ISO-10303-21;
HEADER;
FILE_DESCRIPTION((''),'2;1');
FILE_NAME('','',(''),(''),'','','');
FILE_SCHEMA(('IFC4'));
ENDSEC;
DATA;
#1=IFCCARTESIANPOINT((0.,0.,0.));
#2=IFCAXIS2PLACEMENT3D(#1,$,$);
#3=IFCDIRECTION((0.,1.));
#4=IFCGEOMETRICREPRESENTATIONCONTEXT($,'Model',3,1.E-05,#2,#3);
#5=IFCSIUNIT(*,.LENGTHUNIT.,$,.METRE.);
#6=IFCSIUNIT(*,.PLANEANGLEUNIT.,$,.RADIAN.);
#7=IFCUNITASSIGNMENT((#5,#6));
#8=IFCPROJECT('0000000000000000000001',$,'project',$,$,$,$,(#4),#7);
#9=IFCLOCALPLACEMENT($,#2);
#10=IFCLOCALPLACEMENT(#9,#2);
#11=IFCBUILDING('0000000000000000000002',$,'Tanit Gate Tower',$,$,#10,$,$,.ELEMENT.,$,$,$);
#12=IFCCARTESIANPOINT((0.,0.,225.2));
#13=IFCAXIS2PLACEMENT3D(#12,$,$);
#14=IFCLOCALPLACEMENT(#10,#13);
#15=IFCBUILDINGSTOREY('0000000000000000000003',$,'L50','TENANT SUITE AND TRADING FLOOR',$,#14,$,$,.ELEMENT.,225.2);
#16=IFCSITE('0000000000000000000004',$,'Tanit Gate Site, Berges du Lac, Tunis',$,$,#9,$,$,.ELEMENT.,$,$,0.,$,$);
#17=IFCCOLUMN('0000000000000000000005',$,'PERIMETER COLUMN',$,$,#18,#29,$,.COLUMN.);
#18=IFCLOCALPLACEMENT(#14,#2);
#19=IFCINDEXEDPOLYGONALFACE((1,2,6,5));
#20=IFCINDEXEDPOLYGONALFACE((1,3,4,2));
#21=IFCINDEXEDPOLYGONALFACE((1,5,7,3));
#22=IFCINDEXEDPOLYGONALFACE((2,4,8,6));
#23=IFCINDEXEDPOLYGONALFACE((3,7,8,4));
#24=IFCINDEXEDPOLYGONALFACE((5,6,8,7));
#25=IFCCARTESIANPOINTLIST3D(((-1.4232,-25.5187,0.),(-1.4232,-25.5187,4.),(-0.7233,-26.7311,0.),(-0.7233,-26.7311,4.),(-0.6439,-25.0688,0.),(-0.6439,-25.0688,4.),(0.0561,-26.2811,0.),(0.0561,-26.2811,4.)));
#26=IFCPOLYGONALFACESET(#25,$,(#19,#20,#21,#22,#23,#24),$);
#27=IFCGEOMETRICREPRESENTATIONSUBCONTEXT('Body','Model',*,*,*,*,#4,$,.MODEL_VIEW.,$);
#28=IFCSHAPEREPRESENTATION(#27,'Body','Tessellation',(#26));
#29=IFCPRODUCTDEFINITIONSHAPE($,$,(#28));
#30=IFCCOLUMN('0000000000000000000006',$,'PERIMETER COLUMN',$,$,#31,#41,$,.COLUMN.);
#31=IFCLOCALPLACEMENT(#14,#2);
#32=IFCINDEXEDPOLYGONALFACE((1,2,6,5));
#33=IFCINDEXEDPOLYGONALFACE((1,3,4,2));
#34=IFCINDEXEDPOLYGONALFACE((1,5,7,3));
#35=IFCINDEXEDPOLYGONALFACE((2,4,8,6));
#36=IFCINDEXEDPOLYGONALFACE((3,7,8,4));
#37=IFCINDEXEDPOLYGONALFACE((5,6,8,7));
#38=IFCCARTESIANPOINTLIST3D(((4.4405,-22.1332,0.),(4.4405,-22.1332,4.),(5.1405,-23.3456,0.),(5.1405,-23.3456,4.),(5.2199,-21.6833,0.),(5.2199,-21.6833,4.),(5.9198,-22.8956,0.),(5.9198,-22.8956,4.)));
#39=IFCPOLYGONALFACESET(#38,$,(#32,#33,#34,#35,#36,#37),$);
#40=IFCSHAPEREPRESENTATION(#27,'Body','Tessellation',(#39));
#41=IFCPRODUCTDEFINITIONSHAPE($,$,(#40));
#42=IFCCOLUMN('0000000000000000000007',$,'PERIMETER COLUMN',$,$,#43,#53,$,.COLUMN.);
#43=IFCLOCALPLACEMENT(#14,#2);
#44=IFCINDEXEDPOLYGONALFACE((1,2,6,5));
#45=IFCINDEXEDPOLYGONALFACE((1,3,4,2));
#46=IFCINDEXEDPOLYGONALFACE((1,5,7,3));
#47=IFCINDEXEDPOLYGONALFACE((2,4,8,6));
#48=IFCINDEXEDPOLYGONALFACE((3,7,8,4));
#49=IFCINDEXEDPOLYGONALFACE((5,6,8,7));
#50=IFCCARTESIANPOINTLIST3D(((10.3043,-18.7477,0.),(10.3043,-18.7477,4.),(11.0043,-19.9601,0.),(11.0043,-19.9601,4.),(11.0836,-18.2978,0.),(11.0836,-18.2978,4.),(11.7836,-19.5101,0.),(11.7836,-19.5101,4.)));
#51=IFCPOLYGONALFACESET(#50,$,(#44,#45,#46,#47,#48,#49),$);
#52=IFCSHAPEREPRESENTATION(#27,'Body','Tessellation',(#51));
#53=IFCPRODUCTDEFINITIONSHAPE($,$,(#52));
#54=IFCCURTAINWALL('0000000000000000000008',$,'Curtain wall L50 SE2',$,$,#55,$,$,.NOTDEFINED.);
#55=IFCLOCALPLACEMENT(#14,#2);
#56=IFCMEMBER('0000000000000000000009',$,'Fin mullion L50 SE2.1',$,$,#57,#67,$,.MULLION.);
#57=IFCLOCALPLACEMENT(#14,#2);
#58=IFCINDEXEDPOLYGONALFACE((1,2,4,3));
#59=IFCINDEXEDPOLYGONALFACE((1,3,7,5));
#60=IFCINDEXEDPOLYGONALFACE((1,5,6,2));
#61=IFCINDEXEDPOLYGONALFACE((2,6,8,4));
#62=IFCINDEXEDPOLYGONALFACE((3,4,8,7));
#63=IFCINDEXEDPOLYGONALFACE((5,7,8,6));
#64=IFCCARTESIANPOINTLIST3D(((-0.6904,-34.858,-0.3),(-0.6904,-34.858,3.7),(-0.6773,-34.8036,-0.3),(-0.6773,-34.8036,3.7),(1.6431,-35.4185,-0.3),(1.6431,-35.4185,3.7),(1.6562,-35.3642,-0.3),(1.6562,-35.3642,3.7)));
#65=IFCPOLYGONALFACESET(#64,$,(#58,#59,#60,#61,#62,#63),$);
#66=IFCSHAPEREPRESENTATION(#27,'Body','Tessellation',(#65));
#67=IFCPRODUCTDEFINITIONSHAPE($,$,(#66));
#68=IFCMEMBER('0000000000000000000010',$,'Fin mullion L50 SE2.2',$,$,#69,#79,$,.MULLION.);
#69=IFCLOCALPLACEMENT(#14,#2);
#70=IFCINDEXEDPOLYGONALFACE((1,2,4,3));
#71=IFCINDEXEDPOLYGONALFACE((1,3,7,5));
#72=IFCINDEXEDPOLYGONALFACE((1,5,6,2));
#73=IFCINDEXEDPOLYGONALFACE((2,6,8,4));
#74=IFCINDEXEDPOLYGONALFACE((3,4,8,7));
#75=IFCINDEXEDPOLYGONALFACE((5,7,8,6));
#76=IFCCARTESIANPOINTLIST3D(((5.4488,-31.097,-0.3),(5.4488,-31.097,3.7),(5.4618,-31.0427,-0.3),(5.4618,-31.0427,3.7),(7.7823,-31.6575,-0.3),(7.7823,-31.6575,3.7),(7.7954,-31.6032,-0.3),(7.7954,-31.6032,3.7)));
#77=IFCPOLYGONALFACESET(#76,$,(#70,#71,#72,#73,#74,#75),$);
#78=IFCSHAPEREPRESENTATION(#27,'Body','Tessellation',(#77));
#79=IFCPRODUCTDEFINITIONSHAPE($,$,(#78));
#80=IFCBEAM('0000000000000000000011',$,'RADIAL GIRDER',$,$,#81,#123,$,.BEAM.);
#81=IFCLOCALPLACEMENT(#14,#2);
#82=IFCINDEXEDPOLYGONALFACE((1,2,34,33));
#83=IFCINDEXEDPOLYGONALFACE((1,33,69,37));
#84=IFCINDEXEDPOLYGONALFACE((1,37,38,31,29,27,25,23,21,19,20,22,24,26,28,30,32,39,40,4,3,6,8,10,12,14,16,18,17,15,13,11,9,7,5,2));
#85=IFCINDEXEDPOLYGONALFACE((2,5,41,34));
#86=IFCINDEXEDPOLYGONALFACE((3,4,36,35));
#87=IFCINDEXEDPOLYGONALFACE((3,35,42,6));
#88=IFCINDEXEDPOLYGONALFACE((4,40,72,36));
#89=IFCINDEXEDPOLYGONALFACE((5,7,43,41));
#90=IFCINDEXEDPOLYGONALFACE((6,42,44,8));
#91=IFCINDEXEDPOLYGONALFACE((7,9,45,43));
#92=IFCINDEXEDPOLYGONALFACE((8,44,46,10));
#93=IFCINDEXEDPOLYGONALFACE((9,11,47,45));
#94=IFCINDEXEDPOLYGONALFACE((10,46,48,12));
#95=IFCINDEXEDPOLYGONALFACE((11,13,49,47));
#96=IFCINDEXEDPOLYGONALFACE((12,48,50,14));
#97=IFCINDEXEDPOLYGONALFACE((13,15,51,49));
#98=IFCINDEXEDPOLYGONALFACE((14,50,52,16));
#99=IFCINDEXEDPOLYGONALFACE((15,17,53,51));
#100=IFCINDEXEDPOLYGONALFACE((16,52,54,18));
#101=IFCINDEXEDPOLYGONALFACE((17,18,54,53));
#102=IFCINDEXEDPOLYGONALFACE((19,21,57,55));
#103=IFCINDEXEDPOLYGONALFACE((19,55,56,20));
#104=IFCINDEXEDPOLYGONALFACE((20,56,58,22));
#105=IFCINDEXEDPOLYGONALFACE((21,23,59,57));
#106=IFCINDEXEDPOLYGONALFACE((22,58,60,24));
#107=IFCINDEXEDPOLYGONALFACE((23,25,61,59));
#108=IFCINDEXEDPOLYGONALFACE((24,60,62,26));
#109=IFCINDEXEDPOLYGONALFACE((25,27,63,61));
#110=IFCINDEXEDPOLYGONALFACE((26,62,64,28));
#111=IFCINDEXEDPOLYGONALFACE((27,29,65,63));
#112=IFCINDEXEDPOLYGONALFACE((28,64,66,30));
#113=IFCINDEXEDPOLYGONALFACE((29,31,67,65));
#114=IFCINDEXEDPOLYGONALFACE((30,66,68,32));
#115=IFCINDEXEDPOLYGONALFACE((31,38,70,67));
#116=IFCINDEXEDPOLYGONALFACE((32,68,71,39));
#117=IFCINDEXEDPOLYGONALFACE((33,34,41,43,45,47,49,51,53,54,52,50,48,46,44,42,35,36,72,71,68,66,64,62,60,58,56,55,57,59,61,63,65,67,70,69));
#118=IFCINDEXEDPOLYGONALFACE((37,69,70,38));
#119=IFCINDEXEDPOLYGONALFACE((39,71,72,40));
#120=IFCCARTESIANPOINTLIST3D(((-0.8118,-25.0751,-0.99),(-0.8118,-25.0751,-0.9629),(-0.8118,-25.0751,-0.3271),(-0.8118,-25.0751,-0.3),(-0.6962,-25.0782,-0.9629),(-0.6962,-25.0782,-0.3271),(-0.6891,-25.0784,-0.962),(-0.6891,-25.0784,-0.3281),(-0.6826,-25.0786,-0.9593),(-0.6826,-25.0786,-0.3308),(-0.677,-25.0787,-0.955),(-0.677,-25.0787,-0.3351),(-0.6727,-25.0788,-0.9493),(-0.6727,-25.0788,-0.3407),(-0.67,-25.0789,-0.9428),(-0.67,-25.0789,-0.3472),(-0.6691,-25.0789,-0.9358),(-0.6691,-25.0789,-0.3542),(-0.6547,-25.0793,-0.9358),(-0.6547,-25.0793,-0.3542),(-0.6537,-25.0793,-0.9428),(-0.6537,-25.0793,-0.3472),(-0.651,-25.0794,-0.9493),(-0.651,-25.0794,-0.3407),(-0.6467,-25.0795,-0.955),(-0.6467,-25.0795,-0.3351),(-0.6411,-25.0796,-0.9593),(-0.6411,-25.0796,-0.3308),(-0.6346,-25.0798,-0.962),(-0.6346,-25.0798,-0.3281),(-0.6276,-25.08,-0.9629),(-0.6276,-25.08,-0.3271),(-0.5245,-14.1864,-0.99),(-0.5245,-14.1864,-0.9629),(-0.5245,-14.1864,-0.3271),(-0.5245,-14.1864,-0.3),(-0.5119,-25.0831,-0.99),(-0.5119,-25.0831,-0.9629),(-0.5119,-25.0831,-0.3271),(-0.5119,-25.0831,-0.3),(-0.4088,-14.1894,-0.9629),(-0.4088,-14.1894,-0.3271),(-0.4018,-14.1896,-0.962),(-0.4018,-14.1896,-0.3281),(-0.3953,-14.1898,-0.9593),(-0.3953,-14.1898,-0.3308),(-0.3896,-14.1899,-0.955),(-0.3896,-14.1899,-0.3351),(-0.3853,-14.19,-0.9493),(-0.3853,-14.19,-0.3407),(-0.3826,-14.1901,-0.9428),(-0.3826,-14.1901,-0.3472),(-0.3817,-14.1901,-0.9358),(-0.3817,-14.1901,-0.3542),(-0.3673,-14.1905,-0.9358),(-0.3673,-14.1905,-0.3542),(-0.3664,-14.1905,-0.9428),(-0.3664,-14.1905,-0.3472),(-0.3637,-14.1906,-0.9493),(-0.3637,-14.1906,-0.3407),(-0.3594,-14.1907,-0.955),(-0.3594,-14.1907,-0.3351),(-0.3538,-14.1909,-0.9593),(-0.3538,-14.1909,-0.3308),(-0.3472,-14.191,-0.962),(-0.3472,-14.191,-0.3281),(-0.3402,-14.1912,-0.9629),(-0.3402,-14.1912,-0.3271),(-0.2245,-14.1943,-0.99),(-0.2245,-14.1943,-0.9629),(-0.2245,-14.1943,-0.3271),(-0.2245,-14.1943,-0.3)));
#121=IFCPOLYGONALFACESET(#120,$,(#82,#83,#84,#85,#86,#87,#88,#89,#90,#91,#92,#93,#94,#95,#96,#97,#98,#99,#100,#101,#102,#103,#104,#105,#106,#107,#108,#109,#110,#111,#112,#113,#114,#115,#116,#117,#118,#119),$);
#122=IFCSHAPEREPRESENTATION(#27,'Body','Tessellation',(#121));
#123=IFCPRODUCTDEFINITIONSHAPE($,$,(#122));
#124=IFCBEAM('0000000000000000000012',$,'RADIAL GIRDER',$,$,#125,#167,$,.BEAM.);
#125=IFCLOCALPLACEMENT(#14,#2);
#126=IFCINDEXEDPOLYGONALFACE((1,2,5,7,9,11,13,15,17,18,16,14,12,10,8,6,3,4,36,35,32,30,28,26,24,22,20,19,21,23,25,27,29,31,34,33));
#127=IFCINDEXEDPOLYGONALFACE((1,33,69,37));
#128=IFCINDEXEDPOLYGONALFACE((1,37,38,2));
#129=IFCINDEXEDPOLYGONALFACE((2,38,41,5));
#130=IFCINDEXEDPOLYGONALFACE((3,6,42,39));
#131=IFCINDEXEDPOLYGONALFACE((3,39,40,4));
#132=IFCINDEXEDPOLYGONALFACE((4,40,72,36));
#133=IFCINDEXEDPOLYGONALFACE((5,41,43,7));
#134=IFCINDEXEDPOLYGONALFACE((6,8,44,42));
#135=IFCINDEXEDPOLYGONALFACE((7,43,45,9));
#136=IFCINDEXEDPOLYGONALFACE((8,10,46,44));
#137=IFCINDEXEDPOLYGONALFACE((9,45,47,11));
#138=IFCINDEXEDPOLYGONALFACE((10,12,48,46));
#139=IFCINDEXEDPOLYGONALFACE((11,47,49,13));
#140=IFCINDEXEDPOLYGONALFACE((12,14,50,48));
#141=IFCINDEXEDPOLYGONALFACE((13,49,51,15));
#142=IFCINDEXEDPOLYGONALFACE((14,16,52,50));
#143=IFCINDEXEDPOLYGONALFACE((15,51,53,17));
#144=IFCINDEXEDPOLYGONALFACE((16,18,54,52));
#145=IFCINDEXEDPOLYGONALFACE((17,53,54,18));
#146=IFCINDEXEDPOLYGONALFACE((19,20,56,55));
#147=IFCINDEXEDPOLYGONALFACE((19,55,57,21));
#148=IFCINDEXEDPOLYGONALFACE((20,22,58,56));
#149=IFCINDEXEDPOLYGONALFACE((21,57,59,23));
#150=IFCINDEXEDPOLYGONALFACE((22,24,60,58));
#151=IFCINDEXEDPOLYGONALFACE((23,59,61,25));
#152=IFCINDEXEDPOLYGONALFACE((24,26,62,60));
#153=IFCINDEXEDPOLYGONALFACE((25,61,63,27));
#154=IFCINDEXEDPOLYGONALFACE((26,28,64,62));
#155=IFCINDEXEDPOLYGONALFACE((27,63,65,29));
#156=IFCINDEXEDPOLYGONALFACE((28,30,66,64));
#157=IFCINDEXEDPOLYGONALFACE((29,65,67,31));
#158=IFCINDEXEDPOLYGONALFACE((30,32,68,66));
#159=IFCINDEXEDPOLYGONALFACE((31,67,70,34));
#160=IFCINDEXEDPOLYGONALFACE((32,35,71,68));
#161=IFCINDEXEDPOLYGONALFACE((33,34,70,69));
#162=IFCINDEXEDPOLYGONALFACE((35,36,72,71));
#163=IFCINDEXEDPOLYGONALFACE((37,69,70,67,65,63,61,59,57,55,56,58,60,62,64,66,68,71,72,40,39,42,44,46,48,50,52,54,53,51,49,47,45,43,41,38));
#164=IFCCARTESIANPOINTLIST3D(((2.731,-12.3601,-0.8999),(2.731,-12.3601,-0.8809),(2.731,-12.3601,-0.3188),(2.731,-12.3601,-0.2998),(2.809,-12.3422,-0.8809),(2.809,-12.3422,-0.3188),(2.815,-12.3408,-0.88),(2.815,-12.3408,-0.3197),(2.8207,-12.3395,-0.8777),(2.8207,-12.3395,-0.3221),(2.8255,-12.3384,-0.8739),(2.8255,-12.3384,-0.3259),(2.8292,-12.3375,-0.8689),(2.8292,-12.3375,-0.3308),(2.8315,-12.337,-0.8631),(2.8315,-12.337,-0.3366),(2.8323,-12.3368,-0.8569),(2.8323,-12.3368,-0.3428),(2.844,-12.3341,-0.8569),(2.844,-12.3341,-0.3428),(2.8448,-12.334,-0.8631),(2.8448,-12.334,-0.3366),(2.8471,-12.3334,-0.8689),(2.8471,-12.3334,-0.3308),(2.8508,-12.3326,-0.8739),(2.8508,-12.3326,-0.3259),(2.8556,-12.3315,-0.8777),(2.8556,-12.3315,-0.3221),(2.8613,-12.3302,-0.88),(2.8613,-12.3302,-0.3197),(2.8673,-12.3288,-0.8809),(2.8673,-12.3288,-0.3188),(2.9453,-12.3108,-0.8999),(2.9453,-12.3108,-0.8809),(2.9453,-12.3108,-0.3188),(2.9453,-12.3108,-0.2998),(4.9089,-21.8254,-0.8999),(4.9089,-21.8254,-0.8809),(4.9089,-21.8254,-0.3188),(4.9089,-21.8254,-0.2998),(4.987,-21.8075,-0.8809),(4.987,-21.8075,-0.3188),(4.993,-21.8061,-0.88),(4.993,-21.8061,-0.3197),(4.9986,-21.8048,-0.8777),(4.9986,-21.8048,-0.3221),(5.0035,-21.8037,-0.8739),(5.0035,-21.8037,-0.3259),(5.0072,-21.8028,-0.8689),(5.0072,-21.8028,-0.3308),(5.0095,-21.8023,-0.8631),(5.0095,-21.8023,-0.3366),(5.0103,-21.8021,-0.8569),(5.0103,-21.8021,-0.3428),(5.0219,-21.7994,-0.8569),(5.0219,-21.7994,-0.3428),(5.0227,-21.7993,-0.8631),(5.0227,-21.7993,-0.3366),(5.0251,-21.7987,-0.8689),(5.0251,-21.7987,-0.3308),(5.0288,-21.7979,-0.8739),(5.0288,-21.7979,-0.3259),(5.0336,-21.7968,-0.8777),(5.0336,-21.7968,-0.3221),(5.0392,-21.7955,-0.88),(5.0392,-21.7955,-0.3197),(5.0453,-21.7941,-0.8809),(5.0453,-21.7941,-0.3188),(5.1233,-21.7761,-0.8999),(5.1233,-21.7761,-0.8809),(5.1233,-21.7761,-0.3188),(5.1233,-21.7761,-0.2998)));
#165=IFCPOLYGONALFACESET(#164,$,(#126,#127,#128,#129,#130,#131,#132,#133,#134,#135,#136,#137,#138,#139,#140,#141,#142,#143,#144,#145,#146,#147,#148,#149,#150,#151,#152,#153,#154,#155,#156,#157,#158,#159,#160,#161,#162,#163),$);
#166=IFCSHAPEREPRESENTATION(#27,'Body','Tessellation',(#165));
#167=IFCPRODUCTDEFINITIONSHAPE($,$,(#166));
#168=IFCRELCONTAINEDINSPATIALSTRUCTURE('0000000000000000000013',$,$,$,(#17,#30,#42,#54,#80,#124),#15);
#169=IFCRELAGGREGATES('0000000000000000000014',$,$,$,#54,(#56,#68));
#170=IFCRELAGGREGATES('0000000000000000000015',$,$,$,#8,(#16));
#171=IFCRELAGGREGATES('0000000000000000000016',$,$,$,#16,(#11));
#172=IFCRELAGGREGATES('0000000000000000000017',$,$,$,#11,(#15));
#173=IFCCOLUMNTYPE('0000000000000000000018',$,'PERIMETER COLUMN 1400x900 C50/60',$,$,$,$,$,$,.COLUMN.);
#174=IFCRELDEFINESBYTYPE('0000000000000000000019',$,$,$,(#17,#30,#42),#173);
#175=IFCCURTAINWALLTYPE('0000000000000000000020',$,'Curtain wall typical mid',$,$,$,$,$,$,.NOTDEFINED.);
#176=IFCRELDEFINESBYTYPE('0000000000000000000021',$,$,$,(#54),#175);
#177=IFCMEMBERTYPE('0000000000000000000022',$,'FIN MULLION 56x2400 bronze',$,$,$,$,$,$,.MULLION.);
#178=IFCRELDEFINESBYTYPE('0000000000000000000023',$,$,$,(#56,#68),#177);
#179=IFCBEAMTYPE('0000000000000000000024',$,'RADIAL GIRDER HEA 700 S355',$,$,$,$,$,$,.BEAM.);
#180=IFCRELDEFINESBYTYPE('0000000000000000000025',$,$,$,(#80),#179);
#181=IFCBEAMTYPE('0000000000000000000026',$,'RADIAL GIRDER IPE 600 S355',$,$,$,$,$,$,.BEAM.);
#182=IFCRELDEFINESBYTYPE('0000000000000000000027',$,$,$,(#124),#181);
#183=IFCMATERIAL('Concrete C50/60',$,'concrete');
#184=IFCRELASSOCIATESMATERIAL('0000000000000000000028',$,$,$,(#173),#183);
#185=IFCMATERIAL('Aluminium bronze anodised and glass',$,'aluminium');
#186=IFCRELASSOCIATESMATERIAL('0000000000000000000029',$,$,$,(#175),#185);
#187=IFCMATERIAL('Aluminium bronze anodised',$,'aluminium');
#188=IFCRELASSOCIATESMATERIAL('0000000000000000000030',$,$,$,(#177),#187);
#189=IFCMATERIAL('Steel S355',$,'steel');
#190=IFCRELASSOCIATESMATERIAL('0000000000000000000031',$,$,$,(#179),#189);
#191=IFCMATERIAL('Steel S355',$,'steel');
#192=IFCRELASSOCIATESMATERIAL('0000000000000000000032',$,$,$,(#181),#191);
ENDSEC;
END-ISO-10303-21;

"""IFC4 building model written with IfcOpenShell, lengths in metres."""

from ifc_helpers import new_model, si_unit, direction, frame, origin, origin_2d, place, context, subcontext, project, spatial, rectangle, i_section, extrude, material, material_profile, profile_set, type_object, element, aggregate, save


model = new_model("IFC4")

# Units and contexts
model_context = context("Model", 3, precision=1e-05, world=origin(), true_north=direction((0.0, 1.0)))
body_context = subcontext(model_context, "Body", "Model", "MODEL_VIEW")
ifc_project = project(units=[si_unit("LENGTHUNIT", "METRE"), si_unit("PLANEANGLEUNIT", "RADIAN")], contexts=[model_context])

# Site, building, storey
site_placement = place(None, origin())
site = spatial("IfcSite", under=ifc_project, at=site_placement, Name="Tanit Gate Site, Berges du Lac, Tunis", CompositionType="ELEMENT", RefElevation=0.0)
building_placement = place(site_placement, origin())
building = spatial("IfcBuilding", under=site, at=building_placement, Name="Tanit Gate Tower", CompositionType="ELEMENT")
storey_placement = place(building_placement, frame((0.0, 0.0, 225.2)))
storey = spatial("IfcBuildingStorey", under=building, at=storey_placement, Name="L50", Description="TENANT SUITE AND TRADING FLOOR", CompositionType="ELEMENT", Elevation=225.2)

# Columns
ifc_material_1 = material(Name="Concrete C50/60", Category="concrete")
ifc_material_profile_1 = material_profile(ifc_material_1, rectangle(XDim=1.3999, YDim=0.8999, at=origin_2d()), Name="RC 1400x900")
ifc_profile_set_1 = profile_set([ifc_material_profile_1], Name="Concrete C50/60")
column_type = type_object("IfcColumnType", Name="PERIMETER COLUMN 1400x900 C50/60", PredefinedType="COLUMN", material=ifc_profile_set_1)
for number, where, z_axis, x_axis, name in (
    (1, (-0.6836, -25.8999, 0.0), (0.0, 0.0, 1.0), (0.5, -0.866025, 0.0), "PERIMETER COLUMN"),
    (2, (5.1802, -22.5144, 0.0), (0.0, 0.0, 1.0), (0.5, -0.866025, 0.0), "PERIMETER COLUMN"),
    (3, (11.0439, -19.1289, 0.0), (0.0, 0.0, 1.0), (0.5, -0.866025, 0.0), "PERIMETER COLUMN"),
):
    element("IfcColumn", number, at=place(storey_placement, frame(where, z_axis=z_axis, x_axis=x_axis)), inside=storey, type_object=column_type, Name=name, PredefinedType="COLUMN", context=body_context, shape_type="SweptSolid", body=[
        extrude(rectangle(XDim=1.3999, YDim=0.8999, at=origin_2d()), origin(), (0.0, 0.0, 1.0), 4.0),
    ])

# Curtain wall, members
ifc_material_2 = material(Name="Aluminium bronze anodised and glass", Category="aluminium")
curtain_wall_type = type_object("IfcCurtainWallType", Name="Curtain wall typical mid", PredefinedType="NOTDEFINED", material=ifc_material_2)
curtain_wall_placement = place(storey_placement, origin())
curtain_wall = element("IfcCurtainWall", 4, at=curtain_wall_placement, inside=storey, type_object=curtain_wall_type, Name="Curtain wall L50 SE2", PredefinedType="NOTDEFINED")
ifc_material_3 = material(Name="Aluminium bronze anodised", Category="aluminium")
ifc_material_profile_2 = material_profile(ifc_material_3, rectangle(XDim=2.3999, YDim=0.0559, at=origin_2d()), Name="56x2400 bronze fin mullion")
ifc_profile_set_2 = profile_set([ifc_material_profile_2], Name="Aluminium bronze anodised")
member_type_1 = type_object("IfcMemberType", Name="FIN MULLION 56x2400 bronze", PredefinedType="MULLION", material=ifc_profile_set_2)
member_1_placement = place(storey_placement, frame((0.4829, -35.1111, -0.3), z_axis=(0.0, 0.0, 1.0), x_axis=(-0.972343, 0.233557, 0.0)))
member_1 = element("IfcMember", 5, at=member_1_placement, type_object=member_type_1, Name="Fin mullion L50 SE2.1", PredefinedType="MULLION", context=body_context, shape_type="SweptSolid", body=[
    extrude(rectangle(XDim=2.3999, YDim=0.0559, at=origin_2d()), origin(), (0.0, 0.0, 1.0), 4.0),
])
member_2_placement = place(storey_placement, frame((6.6221, -31.3501, -0.3), z_axis=(0.0, 0.0, 1.0), x_axis=(-0.972343, 0.233557, 0.0)))
member_2 = element("IfcMember", 6, at=member_2_placement, type_object=member_type_1, Name="Fin mullion L50 SE2.2", PredefinedType="MULLION", context=body_context, shape_type="SweptSolid", body=[
    extrude(rectangle(XDim=2.3999, YDim=0.0559, at=origin_2d()), origin(), (0.0, 0.0, 1.0), 4.0),
])

# Beams
ifc_material_4 = material(Name="Steel S355", Category="steel")
ifc_material_profile_3 = material_profile(ifc_material_4, i_section(OverallWidth=0.3, OverallDepth=0.6899, WebThickness=0.0144, FlangeThickness=0.0271, FilletRadius=0.0271, at=origin_2d()), Name="HEA 700")
ifc_profile_set_3 = profile_set([ifc_material_profile_3], Name="Steel S355")
beam_type_1 = type_object("IfcBeamType", Name="RADIAL GIRDER HEA 700 S355", PredefinedType="BEAM", material=ifc_profile_set_3)
beam_1_placement = place(storey_placement, frame((-0.6619, -25.0791, -0.645), z_axis=(0.026381, 0.999652, 0.0), x_axis=(-0.999652, 0.026381, 0.0)))
element("IfcBeam", 7, at=beam_1_placement, inside=storey, type_object=beam_type_1, Name="RADIAL GIRDER", PredefinedType="BEAM", context=body_context, shape_type="SweptSolid", body=[
    extrude(i_section(OverallWidth=0.3, OverallDepth=0.6899, WebThickness=0.0144, FlangeThickness=0.0271, FilletRadius=0.0271, at=origin_2d()), origin(), (0.0, 0.0, 1.0), 10.8926),
])
ifc_material_5 = material(Name="Steel S355", Category="steel")
ifc_material_profile_4 = material_profile(ifc_material_5, i_section(OverallWidth=0.22, OverallDepth=0.6001, WebThickness=0.012, FlangeThickness=0.019, FilletRadius=0.0239, at=origin_2d()), Name="IPE 600")
ifc_profile_set_4 = profile_set([ifc_material_profile_4], Name="Steel S355")
beam_type_2 = type_object("IfcBeamType", Name="RADIAL GIRDER IPE 600 S355", PredefinedType="BEAM", material=ifc_profile_set_4)
beam_2_placement = place(storey_placement, frame((5.0161, -21.8008, -0.5999), z_axis=(-0.224241, 0.974534, 0.0), x_axis=(-0.974534, -0.224241, 0.0)))
element("IfcBeam", 8, at=beam_2_placement, inside=storey, type_object=beam_type_2, Name="RADIAL GIRDER", PredefinedType="BEAM", context=body_context, shape_type="SweptSolid", body=[
    extrude(i_section(OverallWidth=0.22, OverallDepth=0.6001, WebThickness=0.012, FlangeThickness=0.019, FilletRadius=0.0239, at=origin_2d()), origin(), (0.0, 0.0, 1.0), 9.7126),
])

aggregate(curtain_wall, [member_1, member_2])

save(model, "model.ifc")
